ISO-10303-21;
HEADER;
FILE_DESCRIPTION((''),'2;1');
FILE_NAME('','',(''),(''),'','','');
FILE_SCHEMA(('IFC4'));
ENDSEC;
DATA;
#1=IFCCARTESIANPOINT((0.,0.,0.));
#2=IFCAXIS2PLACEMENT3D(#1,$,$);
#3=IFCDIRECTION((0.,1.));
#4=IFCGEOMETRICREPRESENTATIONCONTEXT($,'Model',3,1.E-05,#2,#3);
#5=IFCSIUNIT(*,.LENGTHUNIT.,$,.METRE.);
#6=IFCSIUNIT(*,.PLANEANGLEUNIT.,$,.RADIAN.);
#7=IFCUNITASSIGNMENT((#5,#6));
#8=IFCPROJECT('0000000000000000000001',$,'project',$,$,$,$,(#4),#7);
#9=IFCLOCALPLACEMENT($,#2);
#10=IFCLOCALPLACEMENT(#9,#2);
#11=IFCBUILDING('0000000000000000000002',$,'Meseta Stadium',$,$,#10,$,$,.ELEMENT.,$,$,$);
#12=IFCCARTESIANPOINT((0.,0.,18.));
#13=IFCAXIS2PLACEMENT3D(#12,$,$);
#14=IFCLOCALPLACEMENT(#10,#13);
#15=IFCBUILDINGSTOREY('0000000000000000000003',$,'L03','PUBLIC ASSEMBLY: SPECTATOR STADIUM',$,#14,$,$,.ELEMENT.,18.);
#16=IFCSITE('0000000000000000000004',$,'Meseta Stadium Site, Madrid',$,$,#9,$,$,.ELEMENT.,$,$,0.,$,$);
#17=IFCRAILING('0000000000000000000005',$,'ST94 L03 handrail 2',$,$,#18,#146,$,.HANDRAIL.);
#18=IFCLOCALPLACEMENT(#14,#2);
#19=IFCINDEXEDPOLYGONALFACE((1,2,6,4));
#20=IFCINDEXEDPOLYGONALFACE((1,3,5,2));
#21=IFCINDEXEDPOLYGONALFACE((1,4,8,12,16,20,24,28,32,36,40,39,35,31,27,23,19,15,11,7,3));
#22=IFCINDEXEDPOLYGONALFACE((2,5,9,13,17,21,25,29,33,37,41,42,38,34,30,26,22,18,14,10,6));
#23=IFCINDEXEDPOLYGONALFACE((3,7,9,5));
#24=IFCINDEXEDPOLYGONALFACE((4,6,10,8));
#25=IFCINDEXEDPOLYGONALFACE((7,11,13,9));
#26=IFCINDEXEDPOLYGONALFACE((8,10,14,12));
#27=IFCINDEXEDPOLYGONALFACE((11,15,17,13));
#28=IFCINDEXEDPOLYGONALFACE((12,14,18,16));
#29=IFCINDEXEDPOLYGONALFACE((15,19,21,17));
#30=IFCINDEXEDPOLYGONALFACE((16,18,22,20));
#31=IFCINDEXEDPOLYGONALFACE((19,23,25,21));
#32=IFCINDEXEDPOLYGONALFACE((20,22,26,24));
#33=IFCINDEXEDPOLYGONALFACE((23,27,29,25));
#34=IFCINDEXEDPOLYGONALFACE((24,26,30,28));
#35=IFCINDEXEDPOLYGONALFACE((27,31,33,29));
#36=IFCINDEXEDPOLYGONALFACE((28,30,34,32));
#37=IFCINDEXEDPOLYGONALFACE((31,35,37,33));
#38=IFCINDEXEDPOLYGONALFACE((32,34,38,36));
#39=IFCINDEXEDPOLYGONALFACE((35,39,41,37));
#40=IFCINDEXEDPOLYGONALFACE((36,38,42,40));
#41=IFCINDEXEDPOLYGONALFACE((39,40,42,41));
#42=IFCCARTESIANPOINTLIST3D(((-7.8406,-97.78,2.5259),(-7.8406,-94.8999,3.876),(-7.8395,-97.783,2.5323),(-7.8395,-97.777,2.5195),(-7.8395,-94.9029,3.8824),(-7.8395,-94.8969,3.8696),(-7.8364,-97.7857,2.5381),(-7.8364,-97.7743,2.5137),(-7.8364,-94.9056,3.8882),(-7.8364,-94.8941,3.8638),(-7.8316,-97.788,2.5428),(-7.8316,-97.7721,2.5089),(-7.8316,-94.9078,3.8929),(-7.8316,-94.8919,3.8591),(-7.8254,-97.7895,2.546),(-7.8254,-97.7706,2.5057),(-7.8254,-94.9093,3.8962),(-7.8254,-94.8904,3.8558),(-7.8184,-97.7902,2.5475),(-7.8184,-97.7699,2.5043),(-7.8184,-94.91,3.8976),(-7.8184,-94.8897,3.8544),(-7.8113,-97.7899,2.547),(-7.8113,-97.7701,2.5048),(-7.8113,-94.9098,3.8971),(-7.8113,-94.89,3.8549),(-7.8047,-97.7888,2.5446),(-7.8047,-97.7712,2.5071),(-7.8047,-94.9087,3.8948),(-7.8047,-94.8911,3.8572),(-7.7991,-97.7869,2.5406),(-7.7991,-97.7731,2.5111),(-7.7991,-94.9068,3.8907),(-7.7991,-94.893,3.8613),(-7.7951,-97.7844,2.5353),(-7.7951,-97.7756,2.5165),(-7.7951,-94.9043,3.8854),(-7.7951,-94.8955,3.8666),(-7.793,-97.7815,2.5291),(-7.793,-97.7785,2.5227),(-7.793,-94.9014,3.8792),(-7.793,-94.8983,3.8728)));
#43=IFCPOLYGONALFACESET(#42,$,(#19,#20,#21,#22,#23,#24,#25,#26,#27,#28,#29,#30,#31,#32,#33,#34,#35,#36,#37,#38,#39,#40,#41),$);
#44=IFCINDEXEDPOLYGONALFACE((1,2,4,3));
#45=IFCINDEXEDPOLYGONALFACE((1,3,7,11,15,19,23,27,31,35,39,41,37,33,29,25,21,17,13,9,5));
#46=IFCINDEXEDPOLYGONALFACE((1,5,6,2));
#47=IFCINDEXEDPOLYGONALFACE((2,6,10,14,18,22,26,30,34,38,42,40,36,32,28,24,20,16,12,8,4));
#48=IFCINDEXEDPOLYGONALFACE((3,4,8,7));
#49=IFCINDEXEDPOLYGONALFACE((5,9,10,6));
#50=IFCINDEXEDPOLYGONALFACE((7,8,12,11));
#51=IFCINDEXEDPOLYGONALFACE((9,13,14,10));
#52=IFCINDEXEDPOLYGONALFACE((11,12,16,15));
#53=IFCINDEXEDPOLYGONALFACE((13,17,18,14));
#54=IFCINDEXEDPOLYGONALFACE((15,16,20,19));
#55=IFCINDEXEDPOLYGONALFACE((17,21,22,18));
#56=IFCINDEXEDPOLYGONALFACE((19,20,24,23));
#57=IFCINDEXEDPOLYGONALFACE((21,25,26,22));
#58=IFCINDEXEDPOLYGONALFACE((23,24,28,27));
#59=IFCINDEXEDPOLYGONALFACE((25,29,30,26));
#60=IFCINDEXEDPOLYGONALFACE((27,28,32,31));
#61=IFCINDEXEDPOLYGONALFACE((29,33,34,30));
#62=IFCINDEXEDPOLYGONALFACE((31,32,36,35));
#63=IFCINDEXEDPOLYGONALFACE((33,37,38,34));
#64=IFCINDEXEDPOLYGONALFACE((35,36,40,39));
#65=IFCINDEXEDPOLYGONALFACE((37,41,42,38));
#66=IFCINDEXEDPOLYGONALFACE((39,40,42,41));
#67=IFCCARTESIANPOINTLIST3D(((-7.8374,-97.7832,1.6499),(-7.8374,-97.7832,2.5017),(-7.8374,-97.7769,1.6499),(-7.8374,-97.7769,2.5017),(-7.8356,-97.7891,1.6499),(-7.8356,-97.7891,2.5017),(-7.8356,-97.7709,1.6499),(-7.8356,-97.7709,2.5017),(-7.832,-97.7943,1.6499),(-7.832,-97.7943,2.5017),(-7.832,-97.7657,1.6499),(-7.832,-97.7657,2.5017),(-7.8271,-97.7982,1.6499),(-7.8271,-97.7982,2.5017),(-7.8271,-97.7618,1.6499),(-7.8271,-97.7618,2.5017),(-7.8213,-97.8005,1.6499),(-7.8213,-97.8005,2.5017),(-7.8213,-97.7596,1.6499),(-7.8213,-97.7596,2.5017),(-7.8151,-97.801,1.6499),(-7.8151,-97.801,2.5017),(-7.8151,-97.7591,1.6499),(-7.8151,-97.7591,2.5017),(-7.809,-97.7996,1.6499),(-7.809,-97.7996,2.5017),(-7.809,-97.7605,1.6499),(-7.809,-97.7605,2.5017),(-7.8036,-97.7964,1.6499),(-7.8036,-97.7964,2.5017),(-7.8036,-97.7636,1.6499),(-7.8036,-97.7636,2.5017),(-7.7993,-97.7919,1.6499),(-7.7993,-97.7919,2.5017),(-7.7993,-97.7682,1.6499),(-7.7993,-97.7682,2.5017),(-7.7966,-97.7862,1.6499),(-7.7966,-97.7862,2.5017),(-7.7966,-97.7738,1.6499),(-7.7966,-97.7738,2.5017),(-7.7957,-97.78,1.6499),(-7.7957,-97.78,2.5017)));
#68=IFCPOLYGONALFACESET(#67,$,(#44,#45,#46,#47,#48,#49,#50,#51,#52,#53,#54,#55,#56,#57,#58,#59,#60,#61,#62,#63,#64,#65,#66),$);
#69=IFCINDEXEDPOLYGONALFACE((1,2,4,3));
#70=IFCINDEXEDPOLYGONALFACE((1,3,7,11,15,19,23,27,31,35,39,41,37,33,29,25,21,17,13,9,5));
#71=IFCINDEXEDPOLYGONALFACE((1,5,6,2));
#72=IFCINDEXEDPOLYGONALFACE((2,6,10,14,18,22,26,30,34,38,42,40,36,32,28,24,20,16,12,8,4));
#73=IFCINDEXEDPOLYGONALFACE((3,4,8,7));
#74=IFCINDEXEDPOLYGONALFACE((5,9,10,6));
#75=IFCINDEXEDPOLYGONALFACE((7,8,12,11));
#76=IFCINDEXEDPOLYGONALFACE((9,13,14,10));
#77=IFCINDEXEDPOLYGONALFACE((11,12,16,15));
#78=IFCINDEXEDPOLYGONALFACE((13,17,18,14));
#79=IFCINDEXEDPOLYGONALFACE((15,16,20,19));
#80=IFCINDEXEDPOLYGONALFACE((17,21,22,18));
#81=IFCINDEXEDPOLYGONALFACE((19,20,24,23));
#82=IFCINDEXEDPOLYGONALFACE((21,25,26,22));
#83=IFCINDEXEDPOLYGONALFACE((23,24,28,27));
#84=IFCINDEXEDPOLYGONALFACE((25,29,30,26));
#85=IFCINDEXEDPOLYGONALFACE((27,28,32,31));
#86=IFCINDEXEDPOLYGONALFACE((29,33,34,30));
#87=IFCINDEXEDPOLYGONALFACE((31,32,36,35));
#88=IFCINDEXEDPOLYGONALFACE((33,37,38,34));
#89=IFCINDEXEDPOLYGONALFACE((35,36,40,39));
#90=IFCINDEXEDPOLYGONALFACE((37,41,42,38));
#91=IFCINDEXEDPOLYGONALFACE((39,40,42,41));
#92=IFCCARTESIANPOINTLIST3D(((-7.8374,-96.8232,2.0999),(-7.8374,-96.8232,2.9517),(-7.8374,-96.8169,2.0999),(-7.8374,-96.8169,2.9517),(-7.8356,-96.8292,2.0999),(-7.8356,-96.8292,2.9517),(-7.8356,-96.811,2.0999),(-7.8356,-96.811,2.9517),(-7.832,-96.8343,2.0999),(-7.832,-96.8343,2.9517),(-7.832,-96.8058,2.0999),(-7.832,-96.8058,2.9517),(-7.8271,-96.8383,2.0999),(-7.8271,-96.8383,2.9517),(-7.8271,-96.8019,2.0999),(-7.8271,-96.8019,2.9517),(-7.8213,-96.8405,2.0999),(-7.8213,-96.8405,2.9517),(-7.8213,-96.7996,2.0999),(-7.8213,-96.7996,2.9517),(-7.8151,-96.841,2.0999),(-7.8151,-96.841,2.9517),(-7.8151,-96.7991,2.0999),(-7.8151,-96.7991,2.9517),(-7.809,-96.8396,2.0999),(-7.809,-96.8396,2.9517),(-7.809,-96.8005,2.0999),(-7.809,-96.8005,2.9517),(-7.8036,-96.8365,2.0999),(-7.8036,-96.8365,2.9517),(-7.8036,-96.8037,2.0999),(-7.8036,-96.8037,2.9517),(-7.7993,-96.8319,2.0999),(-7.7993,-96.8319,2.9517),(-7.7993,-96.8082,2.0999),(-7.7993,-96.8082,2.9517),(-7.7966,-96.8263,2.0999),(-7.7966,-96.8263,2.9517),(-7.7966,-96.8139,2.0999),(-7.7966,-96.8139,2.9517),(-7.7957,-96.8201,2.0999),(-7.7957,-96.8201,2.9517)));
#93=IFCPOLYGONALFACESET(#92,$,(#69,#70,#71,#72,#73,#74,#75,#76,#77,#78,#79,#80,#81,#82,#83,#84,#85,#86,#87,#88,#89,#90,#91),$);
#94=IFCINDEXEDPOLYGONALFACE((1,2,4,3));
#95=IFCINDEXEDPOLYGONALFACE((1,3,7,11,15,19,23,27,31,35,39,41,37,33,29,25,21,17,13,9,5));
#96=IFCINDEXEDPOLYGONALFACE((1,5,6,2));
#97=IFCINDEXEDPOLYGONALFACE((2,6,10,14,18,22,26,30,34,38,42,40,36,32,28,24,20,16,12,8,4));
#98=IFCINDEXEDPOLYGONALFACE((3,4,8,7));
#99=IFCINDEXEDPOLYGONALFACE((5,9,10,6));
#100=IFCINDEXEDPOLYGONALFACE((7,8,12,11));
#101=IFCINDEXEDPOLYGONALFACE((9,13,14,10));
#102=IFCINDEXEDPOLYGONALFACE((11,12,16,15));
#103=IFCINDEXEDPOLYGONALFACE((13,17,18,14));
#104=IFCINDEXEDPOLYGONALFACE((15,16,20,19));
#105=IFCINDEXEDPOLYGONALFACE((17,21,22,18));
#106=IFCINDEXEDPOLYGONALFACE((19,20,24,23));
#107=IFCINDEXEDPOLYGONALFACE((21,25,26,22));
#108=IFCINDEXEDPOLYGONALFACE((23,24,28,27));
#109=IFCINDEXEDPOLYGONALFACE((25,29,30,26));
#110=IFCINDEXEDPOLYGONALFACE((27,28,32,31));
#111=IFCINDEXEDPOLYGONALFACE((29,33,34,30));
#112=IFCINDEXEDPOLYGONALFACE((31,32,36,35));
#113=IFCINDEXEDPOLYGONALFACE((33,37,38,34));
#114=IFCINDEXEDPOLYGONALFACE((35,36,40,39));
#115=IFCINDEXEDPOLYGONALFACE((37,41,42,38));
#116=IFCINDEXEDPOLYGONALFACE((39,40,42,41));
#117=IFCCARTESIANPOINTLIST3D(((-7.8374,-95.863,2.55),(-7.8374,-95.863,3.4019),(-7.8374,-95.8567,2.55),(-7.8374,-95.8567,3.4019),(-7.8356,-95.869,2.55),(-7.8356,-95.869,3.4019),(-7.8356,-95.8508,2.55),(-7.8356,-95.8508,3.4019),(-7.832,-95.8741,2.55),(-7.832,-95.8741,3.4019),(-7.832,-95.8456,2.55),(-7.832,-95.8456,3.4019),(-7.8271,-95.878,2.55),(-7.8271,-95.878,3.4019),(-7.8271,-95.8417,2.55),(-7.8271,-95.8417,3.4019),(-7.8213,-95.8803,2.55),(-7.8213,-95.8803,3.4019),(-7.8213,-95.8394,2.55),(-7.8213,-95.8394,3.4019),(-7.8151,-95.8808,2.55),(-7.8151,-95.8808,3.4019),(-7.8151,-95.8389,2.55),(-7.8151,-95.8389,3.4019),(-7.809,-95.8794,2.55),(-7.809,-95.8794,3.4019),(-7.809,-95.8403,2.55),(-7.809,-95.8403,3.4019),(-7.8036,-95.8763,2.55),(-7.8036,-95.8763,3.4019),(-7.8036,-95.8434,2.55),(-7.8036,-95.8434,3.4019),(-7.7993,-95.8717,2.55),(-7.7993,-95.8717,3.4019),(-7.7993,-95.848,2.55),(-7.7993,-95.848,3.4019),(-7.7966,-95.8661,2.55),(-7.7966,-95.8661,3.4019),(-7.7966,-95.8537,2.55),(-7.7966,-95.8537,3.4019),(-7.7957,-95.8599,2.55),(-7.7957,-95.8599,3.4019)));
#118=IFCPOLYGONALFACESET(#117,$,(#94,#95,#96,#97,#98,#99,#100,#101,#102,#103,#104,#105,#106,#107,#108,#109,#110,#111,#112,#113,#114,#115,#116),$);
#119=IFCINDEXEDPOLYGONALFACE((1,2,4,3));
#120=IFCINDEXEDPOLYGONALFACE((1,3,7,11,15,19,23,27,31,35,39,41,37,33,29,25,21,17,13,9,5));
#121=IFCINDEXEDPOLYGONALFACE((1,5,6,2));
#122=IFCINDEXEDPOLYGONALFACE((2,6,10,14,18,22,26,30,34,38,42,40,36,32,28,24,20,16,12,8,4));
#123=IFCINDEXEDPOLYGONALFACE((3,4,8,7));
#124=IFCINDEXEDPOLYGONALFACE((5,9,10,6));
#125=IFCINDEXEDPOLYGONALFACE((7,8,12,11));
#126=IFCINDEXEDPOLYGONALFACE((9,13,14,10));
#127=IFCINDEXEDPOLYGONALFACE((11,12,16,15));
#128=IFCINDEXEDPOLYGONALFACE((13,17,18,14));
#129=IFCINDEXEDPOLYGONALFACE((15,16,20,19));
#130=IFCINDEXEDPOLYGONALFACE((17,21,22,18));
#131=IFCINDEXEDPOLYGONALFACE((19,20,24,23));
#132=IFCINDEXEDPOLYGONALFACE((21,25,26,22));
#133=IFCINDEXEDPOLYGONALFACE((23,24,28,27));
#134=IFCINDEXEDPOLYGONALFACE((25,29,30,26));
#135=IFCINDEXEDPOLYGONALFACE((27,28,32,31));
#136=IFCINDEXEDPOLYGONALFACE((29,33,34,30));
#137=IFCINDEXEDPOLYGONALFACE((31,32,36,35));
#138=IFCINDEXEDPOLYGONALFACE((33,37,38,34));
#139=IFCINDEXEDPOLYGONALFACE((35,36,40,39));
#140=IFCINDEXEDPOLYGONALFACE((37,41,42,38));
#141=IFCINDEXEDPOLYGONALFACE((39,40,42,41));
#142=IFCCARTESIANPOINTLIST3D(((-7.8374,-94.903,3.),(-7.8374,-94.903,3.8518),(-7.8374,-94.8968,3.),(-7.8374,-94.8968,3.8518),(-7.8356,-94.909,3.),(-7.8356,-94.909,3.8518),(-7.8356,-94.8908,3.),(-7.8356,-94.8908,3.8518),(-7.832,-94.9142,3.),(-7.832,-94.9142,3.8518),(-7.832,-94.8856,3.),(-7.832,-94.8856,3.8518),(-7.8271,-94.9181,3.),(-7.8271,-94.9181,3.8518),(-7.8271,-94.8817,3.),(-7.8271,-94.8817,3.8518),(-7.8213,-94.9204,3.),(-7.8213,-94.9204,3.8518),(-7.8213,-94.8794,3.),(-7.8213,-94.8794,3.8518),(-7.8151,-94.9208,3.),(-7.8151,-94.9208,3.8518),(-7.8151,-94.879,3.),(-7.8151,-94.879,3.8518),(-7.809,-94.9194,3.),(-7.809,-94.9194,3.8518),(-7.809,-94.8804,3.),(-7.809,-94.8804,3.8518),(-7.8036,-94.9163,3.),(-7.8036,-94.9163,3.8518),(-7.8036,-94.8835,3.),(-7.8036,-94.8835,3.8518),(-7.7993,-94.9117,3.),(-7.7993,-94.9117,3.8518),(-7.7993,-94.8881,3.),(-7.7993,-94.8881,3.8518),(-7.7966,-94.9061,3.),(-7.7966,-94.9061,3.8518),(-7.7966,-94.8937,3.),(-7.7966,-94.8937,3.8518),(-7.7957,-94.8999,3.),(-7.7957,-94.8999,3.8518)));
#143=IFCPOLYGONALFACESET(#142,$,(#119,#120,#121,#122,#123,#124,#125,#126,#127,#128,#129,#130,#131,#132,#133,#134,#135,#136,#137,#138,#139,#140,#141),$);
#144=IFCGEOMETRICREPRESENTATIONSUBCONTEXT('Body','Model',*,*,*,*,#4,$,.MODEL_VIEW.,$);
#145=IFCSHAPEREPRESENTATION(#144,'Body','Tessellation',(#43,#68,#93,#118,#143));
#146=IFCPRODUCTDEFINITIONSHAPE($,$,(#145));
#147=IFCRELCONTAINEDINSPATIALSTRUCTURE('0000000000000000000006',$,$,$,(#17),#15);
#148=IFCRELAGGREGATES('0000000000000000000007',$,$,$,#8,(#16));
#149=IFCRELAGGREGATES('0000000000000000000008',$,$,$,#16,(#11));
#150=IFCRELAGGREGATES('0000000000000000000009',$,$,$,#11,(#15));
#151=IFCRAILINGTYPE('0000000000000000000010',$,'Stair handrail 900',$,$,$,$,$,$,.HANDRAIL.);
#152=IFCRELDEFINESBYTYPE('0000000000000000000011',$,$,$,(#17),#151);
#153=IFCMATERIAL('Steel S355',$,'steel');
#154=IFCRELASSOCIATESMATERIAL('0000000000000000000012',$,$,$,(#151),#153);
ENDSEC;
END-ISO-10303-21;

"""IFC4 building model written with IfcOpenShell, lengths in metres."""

from ifc_helpers import new_model, si_unit, direction, frame, origin, origin_2d, place, context, subcontext, project, spatial, circle, extrude, material, type_object, element, save


model = new_model("IFC4")

# Units and contexts
model_context = context("Model", 3, precision=1e-05, world=origin(), true_north=direction((0.0, 1.0)))
body_context = subcontext(model_context, "Body", "Model", "MODEL_VIEW")
ifc_project = project(units=[si_unit("LENGTHUNIT", "METRE"), si_unit("PLANEANGLEUNIT", "RADIAN")], contexts=[model_context])

# Site, building, storey
site_placement = place(None, origin())
site = spatial("IfcSite", under=ifc_project, at=site_placement, Name="Meseta Stadium Site, Madrid", CompositionType="ELEMENT", RefElevation=0.0)
building_placement = place(site_placement, origin())
building = spatial("IfcBuilding", under=site, at=building_placement, Name="Meseta Stadium", CompositionType="ELEMENT")
storey_placement = place(building_placement, frame((0.0, 0.0, 18.0)))
storey = spatial("IfcBuildingStorey", under=building, at=storey_placement, Name="L03", Description="PUBLIC ASSEMBLY: SPECTATOR STADIUM", CompositionType="ELEMENT", Elevation=18.0)

# Railing
ifc_material_1 = material(Name="Steel S355", Category="steel")
railing_type_1 = type_object("IfcRailingType", Name="Stair handrail 900", PredefinedType="HANDRAIL", material=ifc_material_1)
railing_1_placement = place(storey_placement, frame((-7.8167, -97.78, 1.6499)))
element("IfcRailing", 1, at=railing_1_placement, inside=storey, type_object=railing_type_1, Name="ST94 L03 handrail 2", PredefinedType="HANDRAIL", context=body_context, shape_type="SweptSolid", body=[
    extrude(circle(Radius=0.0239, at=origin_2d()), frame((0.0, 0.0, 0.876), z_axis=(0.0, 0.905454, 0.424444), x_axis=(-1.0, 0.0, 0.0)), (0.0, 0.0, 1.0), 3.1809),
    extrude(circle(Radius=0.021, at=origin_2d()), origin(), (0.0, 0.0, 1.0), 0.8518),
    extrude(circle(Radius=0.021, at=origin_2d()), frame((0.0, 0.96, 0.45)), (0.0, 0.0, 1.0), 0.8518),
    extrude(circle(Radius=0.021, at=origin_2d()), frame((0.0, 1.9202, 0.9001)), (0.0, 0.0, 1.0), 0.8518),
    extrude(circle(Radius=0.021, at=origin_2d()), frame((0.0, 2.8801, 1.3501)), (0.0, 0.0, 1.0), 0.8518),
])

save(model, "model.ifc")
